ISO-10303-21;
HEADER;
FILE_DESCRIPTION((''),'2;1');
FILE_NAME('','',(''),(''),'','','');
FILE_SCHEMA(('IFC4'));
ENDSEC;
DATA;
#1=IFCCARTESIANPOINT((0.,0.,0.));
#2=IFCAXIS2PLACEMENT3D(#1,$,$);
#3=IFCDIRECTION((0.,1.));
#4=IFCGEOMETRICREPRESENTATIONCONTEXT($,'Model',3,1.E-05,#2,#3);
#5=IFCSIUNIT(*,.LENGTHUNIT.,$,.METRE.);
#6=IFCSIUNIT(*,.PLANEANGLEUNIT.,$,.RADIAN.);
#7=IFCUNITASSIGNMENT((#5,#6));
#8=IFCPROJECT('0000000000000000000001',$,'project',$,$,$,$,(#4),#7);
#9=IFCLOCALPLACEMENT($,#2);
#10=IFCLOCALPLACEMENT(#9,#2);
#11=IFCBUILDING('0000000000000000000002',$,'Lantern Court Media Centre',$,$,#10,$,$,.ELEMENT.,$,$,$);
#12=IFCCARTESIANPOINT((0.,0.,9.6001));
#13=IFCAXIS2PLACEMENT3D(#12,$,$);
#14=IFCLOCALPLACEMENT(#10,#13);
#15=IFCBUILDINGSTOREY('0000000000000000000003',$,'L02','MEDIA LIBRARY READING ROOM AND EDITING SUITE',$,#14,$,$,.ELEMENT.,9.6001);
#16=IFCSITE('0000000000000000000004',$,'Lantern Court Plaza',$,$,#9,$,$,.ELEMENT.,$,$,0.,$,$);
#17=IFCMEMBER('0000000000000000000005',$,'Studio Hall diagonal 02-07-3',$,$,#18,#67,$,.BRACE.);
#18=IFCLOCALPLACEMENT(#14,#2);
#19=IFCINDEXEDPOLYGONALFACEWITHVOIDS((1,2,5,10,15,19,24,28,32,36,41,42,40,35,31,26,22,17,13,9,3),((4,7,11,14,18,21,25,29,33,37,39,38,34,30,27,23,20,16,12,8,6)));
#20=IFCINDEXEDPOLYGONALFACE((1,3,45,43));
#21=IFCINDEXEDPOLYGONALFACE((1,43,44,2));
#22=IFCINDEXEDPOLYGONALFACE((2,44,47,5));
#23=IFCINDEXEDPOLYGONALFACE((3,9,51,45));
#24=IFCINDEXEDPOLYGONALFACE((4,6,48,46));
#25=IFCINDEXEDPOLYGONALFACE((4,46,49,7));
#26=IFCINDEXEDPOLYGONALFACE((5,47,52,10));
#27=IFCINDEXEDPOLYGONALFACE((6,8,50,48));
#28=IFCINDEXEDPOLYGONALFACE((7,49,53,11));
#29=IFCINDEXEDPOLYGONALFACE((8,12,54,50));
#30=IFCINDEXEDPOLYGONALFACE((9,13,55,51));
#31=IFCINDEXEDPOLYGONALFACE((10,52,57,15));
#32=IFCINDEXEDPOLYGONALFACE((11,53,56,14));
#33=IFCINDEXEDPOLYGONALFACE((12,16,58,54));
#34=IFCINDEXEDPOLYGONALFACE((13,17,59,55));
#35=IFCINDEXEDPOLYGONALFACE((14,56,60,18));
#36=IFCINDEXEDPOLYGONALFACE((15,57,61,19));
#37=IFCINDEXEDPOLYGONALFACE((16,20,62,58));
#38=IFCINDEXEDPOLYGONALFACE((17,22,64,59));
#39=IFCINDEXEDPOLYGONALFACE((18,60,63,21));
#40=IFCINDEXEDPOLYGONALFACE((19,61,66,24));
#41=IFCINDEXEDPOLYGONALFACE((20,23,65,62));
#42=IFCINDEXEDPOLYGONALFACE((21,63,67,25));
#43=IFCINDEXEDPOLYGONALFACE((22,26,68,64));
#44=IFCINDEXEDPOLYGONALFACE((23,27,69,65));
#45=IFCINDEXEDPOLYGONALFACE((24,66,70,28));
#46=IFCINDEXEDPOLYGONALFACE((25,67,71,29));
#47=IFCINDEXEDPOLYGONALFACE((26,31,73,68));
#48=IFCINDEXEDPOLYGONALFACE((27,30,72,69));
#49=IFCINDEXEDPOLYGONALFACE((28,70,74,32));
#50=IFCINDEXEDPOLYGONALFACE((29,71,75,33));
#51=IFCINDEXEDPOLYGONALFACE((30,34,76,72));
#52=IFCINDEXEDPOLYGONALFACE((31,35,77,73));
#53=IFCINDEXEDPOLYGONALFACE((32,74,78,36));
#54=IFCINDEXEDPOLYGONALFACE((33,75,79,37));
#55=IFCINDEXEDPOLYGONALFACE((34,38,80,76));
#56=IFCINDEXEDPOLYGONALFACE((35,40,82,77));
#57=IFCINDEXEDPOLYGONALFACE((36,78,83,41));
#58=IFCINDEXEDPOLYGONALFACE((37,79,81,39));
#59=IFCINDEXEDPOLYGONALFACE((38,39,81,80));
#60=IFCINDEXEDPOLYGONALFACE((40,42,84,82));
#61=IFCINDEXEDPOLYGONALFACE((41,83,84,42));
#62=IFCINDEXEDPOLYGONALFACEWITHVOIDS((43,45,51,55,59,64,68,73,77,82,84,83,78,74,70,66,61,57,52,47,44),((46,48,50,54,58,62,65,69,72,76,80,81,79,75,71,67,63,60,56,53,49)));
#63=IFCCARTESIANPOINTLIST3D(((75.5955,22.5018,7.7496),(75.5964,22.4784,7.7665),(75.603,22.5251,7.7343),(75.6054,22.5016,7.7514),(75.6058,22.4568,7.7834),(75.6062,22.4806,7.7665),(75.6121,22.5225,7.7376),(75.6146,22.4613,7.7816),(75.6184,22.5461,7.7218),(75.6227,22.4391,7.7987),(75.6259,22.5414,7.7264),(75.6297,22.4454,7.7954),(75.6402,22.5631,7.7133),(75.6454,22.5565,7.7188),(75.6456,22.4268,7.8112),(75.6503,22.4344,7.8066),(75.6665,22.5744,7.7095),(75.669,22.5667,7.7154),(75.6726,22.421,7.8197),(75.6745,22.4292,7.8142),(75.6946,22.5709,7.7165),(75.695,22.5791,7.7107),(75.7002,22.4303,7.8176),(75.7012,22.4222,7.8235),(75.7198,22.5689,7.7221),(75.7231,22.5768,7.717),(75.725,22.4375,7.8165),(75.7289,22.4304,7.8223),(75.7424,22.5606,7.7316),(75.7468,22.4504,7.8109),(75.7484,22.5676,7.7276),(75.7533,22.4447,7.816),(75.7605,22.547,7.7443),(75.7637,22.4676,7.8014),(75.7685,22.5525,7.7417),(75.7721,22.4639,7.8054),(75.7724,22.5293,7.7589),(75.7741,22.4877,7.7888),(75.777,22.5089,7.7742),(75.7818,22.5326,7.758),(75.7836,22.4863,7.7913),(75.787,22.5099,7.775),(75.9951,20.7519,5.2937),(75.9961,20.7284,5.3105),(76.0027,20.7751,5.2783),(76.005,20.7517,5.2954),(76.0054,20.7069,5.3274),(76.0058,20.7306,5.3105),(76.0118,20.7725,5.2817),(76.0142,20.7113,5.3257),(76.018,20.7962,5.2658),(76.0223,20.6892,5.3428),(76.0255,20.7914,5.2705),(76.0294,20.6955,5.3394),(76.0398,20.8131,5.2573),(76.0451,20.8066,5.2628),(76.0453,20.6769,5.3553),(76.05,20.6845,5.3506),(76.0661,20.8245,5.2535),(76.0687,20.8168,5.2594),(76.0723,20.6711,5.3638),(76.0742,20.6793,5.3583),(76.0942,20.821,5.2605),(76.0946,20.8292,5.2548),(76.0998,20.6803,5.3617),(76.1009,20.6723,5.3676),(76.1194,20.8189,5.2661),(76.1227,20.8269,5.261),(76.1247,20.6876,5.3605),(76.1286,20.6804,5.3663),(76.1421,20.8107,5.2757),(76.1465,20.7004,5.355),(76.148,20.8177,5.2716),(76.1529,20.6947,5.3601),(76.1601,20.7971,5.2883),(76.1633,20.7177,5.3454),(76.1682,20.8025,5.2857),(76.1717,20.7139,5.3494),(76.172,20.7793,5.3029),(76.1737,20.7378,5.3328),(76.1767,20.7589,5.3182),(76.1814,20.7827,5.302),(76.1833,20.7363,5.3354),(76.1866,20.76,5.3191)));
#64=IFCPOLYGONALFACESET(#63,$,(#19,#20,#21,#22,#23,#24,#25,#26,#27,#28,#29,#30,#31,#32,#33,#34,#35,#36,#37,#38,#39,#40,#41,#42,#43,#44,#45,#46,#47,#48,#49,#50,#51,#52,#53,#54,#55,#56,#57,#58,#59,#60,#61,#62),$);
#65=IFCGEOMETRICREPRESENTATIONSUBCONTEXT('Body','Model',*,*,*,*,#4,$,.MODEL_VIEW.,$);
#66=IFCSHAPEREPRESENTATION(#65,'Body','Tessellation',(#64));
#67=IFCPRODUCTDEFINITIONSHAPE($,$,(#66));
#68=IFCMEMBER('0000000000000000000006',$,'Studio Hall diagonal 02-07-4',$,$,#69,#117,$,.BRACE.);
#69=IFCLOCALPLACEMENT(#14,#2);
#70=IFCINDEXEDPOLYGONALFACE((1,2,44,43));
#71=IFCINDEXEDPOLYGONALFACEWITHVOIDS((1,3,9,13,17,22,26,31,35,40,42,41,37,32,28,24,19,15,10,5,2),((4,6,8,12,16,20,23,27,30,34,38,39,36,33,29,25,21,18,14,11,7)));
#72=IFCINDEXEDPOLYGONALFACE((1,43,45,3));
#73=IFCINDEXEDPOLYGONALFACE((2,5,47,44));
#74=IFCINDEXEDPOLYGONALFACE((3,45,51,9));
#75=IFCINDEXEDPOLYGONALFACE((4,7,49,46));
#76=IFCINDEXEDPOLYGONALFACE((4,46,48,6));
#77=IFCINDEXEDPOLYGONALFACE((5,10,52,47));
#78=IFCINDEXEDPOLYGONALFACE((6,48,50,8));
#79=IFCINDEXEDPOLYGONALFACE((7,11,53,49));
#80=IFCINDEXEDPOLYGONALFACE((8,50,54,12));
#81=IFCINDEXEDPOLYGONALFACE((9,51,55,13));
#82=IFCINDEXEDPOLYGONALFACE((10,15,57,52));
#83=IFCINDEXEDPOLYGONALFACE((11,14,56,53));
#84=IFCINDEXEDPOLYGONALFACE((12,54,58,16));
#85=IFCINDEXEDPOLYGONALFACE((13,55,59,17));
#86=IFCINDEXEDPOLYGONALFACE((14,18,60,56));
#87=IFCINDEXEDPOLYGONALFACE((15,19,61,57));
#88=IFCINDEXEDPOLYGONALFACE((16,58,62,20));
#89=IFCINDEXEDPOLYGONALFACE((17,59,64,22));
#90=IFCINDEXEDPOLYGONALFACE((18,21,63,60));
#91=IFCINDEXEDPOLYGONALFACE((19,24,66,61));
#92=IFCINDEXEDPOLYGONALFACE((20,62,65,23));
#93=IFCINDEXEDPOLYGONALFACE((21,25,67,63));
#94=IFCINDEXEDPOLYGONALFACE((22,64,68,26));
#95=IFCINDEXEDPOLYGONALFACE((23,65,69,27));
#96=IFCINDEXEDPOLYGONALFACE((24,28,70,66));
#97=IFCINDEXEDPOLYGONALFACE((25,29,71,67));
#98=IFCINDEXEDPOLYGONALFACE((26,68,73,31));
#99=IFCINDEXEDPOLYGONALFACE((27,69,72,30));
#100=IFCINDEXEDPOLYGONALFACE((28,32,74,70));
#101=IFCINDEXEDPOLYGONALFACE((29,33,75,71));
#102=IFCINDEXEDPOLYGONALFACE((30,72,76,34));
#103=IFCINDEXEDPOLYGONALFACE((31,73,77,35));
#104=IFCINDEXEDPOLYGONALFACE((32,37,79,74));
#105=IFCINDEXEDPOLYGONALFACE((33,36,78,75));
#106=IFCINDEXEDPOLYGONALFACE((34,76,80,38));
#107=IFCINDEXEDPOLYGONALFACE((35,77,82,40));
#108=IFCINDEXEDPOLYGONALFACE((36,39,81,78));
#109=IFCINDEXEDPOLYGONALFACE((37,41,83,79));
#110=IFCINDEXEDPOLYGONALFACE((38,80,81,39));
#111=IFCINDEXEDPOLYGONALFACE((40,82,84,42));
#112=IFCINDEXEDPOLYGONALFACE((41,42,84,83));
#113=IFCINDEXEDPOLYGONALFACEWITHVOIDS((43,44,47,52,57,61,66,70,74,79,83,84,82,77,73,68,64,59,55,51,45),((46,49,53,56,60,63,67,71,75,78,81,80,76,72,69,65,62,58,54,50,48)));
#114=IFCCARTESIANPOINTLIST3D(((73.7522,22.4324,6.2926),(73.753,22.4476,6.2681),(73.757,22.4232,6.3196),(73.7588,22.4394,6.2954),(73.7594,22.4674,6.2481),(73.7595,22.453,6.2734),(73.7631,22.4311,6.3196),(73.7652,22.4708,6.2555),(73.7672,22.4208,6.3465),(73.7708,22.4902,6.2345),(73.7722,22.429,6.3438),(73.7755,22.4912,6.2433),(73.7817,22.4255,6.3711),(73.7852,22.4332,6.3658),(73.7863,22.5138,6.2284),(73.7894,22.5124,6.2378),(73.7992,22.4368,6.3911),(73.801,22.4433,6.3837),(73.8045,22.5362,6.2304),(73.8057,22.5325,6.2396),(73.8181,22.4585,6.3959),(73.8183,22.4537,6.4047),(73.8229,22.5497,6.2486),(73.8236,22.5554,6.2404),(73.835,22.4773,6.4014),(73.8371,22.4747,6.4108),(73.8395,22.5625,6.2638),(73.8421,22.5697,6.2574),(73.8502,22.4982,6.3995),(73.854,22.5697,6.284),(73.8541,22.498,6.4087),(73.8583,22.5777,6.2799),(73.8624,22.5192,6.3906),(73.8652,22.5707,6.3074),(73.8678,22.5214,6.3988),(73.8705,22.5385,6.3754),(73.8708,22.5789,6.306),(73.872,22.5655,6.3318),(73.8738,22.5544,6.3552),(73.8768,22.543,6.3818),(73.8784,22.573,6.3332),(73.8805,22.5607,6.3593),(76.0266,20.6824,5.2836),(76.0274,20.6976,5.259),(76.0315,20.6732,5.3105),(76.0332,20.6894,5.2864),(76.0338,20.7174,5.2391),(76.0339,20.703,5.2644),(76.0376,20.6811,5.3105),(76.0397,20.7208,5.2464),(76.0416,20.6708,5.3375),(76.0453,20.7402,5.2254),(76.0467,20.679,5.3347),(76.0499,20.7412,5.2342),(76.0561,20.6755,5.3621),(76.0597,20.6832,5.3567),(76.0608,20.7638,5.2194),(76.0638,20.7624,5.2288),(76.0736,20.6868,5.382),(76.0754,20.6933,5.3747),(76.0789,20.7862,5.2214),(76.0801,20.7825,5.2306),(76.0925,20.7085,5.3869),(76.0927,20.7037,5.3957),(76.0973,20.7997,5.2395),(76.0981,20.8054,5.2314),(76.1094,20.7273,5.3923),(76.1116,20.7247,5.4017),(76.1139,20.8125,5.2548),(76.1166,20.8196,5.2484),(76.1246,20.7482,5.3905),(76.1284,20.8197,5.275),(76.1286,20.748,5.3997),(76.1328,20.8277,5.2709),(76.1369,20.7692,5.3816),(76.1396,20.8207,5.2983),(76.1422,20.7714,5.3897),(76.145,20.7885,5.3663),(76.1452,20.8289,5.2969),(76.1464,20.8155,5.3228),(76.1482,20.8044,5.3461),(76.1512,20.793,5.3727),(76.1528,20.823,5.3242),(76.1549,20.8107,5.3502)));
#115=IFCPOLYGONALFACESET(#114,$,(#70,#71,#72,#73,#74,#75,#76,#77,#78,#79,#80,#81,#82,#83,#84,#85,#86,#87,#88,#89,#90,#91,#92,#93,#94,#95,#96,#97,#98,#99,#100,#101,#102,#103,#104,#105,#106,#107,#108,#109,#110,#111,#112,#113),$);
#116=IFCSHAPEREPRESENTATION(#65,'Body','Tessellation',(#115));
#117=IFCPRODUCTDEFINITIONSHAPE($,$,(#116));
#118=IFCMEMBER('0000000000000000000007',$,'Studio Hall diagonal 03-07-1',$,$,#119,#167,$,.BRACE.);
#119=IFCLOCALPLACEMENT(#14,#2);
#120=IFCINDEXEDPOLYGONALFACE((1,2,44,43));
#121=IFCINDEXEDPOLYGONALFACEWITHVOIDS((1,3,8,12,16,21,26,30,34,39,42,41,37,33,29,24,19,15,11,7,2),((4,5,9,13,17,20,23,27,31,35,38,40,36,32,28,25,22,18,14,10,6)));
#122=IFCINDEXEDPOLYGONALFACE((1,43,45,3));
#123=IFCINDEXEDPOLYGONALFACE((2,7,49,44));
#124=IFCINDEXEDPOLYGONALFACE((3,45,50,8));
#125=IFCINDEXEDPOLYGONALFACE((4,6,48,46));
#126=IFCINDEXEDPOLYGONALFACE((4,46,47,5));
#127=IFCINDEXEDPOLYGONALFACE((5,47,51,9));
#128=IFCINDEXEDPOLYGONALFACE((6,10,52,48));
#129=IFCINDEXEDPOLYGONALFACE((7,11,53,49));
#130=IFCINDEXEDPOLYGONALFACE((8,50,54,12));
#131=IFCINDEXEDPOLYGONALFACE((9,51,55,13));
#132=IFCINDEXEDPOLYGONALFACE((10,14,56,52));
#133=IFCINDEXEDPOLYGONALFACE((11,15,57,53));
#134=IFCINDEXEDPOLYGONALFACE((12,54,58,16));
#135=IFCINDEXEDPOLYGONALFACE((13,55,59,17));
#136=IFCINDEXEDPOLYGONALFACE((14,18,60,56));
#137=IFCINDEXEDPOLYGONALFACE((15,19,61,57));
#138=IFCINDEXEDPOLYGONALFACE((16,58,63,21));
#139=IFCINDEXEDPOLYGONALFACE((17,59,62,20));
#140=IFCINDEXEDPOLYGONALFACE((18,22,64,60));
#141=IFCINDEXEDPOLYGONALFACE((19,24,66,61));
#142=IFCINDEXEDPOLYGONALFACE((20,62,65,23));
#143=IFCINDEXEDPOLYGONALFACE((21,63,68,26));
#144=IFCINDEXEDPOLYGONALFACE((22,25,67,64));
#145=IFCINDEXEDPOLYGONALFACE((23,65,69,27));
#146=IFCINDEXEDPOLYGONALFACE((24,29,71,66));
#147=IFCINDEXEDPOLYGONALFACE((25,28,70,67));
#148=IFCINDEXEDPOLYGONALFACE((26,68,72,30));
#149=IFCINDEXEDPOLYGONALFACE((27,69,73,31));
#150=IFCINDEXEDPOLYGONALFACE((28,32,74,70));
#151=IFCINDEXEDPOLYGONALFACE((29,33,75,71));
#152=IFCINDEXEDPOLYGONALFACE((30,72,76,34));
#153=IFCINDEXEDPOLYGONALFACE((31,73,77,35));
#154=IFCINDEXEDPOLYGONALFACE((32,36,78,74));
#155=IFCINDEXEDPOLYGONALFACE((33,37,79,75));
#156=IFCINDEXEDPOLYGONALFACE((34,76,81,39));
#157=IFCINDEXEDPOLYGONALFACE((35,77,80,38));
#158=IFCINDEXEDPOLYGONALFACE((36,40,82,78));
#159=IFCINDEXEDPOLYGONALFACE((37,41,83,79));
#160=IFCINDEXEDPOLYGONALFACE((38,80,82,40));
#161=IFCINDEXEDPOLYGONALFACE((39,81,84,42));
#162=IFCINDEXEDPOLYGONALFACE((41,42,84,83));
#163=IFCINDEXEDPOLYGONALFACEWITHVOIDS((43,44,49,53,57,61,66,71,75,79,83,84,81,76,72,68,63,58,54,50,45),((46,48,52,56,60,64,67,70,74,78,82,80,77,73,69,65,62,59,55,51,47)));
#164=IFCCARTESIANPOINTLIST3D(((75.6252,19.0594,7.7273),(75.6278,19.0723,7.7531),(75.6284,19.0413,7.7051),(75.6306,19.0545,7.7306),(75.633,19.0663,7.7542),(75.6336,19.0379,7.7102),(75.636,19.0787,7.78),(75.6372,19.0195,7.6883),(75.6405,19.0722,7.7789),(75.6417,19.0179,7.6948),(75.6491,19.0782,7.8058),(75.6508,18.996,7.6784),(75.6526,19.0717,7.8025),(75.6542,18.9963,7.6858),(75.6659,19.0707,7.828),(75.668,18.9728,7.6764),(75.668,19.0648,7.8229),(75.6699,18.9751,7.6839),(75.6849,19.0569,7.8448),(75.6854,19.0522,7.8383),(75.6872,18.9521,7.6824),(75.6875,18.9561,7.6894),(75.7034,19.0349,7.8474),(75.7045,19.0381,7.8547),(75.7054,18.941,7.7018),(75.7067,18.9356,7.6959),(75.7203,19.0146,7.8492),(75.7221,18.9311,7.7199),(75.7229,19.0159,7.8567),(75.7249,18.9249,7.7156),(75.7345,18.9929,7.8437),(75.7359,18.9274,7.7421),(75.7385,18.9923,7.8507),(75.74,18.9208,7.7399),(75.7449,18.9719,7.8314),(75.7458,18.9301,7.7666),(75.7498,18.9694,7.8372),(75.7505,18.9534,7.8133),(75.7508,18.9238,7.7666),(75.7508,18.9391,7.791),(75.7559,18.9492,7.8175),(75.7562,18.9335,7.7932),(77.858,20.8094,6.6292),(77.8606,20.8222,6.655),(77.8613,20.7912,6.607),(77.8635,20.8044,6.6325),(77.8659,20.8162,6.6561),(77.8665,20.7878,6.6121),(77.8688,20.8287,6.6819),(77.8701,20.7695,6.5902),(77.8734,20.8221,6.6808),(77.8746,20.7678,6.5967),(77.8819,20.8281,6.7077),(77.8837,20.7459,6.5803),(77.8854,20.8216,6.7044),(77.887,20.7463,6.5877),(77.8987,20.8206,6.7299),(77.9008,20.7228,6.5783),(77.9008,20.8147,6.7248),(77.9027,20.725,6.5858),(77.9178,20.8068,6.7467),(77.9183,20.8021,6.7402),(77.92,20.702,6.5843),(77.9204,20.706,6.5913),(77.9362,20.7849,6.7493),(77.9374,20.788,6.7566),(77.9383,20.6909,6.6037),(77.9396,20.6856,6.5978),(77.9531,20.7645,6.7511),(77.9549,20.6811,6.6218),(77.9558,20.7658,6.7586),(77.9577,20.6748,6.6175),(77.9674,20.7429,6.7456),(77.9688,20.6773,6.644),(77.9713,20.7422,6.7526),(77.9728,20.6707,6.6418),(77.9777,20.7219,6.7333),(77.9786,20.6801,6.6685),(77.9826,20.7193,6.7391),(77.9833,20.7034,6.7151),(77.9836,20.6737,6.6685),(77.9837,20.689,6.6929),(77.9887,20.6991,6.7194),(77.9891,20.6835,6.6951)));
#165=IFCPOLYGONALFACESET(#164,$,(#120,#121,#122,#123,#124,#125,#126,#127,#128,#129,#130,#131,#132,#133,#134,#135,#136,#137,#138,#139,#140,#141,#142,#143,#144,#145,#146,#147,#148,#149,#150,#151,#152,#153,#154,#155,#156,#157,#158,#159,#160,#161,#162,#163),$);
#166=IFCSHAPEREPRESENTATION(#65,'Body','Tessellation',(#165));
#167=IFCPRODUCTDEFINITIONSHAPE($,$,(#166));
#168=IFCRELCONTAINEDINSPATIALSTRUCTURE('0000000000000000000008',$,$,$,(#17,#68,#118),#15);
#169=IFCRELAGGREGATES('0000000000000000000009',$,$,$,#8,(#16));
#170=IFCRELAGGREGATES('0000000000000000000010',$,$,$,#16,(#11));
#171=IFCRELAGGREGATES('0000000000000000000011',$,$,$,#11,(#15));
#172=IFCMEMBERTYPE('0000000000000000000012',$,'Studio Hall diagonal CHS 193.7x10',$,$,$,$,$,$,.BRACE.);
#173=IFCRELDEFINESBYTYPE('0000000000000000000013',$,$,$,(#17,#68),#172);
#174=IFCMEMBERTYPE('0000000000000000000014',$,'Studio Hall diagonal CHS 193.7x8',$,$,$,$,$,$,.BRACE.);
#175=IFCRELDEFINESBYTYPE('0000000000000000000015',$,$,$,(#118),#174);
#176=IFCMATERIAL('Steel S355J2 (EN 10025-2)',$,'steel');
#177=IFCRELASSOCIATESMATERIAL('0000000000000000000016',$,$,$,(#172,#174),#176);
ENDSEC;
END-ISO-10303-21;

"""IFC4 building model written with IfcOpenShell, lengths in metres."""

from ifc_helpers import new_model, si_unit, direction, frame, origin, origin_2d, place, context, subcontext, project, spatial, hollow_circle, extrude, material, material_profile, profile_set, type_object, element, save


model = new_model("IFC4")

# Units and contexts
model_context = context("Model", 3, precision=1e-05, world=origin(), true_north=direction((0.0, 1.0)))
body_context = subcontext(model_context, "Body", "Model", "MODEL_VIEW")
ifc_project = project(units=[si_unit("LENGTHUNIT", "METRE"), si_unit("PLANEANGLEUNIT", "RADIAN")], contexts=[model_context])

# Site, building, storey
site_placement = place(None, origin())
site = spatial("IfcSite", under=ifc_project, at=site_placement, Name="Lantern Court Plaza", CompositionType="ELEMENT", RefElevation=0.0)
building_placement = place(site_placement, origin())
building = spatial("IfcBuilding", under=site, at=building_placement, Name="Lantern Court Media Centre", CompositionType="ELEMENT")
storey_placement = place(building_placement, frame((0.0, 0.0, 9.6001)))
storey = spatial("IfcBuildingStorey", under=building, at=storey_placement, Name="L02", Description="MEDIA LIBRARY READING ROOM AND EDITING SUITE", CompositionType="ELEMENT", Elevation=9.6001)

# Members
ifc_material = material(Name="Steel S355J2 (EN 10025-2)", Category="steel")
ifc_material_profile_1 = material_profile(ifc_material, hollow_circle(Radius=0.0969, WallThickness=0.01, at=origin_2d()), Name="Studio Hall diagonal CHS 193.7x10")
ifc_profile_set_1 = profile_set([ifc_material_profile_1], Name="Steel S355J2 (EN 10025-2)")
member_type_1 = type_object("IfcMemberType", Name="Studio Hall diagonal CHS 193.7x10", PredefinedType="BRACE", material=ifc_profile_set_1)
for number, where, z_axis, x_axis, name in (
    (1, (76.0906, 20.75, 5.3105), (-0.131375, 0.575259, 0.807352), (-0.9749, -0.222644, 0.0), "Studio Hall diagonal 02-07-3"),
    (2, (76.0906, 20.75, 5.3105), (-0.747677, 0.575284, 0.331703), (-0.609809, -0.792548, 0.0), "Studio Hall diagonal 02-07-4"),
):
    element("IfcMember", number, at=place(storey_placement, frame(where, z_axis=z_axis, x_axis=x_axis)), inside=storey, type_object=member_type_1, Name=name, PredefinedType="BRACE", context=body_context, shape_type="SweptSolid", body=[
        extrude(hollow_circle(Radius=0.0969, WallThickness=0.01, at=origin_2d()), origin(), (0.0, 0.0, 1.0), 3.042),
    ])
ifc_material_profile_2 = material_profile(ifc_material, hollow_circle(Radius=0.0969, WallThickness=0.0081, at=origin_2d()), Name="Studio Hall diagonal CHS 193.7x8")
ifc_profile_set_2 = profile_set([ifc_material_profile_2], Name="Steel S355J2 (EN 10025-2)")
member_type_2 = type_object("IfcMemberType", Name="Studio Hall diagonal CHS 193.7x8", PredefinedType="BRACE", material=ifc_profile_set_2)
for number, where, z_axis, x_axis, name in (
    (3, (77.9238, 20.75, 6.6685), (-0.734005, -0.575262, 0.360984), (0.616856, -0.787076, 0.0), "Studio Hall diagonal 03-07-1"),
):
    element("IfcMember", number, at=place(storey_placement, frame(where, z_axis=z_axis, x_axis=x_axis)), inside=storey, type_object=member_type_2, Name=name, PredefinedType="BRACE", context=body_context, shape_type="SweptSolid", body=[
        extrude(hollow_circle(Radius=0.0969, WallThickness=0.0081, at=origin_2d()), origin(), (0.0, 0.0, 1.0), 3.042),
    ])

save(model, "model.ifc")
